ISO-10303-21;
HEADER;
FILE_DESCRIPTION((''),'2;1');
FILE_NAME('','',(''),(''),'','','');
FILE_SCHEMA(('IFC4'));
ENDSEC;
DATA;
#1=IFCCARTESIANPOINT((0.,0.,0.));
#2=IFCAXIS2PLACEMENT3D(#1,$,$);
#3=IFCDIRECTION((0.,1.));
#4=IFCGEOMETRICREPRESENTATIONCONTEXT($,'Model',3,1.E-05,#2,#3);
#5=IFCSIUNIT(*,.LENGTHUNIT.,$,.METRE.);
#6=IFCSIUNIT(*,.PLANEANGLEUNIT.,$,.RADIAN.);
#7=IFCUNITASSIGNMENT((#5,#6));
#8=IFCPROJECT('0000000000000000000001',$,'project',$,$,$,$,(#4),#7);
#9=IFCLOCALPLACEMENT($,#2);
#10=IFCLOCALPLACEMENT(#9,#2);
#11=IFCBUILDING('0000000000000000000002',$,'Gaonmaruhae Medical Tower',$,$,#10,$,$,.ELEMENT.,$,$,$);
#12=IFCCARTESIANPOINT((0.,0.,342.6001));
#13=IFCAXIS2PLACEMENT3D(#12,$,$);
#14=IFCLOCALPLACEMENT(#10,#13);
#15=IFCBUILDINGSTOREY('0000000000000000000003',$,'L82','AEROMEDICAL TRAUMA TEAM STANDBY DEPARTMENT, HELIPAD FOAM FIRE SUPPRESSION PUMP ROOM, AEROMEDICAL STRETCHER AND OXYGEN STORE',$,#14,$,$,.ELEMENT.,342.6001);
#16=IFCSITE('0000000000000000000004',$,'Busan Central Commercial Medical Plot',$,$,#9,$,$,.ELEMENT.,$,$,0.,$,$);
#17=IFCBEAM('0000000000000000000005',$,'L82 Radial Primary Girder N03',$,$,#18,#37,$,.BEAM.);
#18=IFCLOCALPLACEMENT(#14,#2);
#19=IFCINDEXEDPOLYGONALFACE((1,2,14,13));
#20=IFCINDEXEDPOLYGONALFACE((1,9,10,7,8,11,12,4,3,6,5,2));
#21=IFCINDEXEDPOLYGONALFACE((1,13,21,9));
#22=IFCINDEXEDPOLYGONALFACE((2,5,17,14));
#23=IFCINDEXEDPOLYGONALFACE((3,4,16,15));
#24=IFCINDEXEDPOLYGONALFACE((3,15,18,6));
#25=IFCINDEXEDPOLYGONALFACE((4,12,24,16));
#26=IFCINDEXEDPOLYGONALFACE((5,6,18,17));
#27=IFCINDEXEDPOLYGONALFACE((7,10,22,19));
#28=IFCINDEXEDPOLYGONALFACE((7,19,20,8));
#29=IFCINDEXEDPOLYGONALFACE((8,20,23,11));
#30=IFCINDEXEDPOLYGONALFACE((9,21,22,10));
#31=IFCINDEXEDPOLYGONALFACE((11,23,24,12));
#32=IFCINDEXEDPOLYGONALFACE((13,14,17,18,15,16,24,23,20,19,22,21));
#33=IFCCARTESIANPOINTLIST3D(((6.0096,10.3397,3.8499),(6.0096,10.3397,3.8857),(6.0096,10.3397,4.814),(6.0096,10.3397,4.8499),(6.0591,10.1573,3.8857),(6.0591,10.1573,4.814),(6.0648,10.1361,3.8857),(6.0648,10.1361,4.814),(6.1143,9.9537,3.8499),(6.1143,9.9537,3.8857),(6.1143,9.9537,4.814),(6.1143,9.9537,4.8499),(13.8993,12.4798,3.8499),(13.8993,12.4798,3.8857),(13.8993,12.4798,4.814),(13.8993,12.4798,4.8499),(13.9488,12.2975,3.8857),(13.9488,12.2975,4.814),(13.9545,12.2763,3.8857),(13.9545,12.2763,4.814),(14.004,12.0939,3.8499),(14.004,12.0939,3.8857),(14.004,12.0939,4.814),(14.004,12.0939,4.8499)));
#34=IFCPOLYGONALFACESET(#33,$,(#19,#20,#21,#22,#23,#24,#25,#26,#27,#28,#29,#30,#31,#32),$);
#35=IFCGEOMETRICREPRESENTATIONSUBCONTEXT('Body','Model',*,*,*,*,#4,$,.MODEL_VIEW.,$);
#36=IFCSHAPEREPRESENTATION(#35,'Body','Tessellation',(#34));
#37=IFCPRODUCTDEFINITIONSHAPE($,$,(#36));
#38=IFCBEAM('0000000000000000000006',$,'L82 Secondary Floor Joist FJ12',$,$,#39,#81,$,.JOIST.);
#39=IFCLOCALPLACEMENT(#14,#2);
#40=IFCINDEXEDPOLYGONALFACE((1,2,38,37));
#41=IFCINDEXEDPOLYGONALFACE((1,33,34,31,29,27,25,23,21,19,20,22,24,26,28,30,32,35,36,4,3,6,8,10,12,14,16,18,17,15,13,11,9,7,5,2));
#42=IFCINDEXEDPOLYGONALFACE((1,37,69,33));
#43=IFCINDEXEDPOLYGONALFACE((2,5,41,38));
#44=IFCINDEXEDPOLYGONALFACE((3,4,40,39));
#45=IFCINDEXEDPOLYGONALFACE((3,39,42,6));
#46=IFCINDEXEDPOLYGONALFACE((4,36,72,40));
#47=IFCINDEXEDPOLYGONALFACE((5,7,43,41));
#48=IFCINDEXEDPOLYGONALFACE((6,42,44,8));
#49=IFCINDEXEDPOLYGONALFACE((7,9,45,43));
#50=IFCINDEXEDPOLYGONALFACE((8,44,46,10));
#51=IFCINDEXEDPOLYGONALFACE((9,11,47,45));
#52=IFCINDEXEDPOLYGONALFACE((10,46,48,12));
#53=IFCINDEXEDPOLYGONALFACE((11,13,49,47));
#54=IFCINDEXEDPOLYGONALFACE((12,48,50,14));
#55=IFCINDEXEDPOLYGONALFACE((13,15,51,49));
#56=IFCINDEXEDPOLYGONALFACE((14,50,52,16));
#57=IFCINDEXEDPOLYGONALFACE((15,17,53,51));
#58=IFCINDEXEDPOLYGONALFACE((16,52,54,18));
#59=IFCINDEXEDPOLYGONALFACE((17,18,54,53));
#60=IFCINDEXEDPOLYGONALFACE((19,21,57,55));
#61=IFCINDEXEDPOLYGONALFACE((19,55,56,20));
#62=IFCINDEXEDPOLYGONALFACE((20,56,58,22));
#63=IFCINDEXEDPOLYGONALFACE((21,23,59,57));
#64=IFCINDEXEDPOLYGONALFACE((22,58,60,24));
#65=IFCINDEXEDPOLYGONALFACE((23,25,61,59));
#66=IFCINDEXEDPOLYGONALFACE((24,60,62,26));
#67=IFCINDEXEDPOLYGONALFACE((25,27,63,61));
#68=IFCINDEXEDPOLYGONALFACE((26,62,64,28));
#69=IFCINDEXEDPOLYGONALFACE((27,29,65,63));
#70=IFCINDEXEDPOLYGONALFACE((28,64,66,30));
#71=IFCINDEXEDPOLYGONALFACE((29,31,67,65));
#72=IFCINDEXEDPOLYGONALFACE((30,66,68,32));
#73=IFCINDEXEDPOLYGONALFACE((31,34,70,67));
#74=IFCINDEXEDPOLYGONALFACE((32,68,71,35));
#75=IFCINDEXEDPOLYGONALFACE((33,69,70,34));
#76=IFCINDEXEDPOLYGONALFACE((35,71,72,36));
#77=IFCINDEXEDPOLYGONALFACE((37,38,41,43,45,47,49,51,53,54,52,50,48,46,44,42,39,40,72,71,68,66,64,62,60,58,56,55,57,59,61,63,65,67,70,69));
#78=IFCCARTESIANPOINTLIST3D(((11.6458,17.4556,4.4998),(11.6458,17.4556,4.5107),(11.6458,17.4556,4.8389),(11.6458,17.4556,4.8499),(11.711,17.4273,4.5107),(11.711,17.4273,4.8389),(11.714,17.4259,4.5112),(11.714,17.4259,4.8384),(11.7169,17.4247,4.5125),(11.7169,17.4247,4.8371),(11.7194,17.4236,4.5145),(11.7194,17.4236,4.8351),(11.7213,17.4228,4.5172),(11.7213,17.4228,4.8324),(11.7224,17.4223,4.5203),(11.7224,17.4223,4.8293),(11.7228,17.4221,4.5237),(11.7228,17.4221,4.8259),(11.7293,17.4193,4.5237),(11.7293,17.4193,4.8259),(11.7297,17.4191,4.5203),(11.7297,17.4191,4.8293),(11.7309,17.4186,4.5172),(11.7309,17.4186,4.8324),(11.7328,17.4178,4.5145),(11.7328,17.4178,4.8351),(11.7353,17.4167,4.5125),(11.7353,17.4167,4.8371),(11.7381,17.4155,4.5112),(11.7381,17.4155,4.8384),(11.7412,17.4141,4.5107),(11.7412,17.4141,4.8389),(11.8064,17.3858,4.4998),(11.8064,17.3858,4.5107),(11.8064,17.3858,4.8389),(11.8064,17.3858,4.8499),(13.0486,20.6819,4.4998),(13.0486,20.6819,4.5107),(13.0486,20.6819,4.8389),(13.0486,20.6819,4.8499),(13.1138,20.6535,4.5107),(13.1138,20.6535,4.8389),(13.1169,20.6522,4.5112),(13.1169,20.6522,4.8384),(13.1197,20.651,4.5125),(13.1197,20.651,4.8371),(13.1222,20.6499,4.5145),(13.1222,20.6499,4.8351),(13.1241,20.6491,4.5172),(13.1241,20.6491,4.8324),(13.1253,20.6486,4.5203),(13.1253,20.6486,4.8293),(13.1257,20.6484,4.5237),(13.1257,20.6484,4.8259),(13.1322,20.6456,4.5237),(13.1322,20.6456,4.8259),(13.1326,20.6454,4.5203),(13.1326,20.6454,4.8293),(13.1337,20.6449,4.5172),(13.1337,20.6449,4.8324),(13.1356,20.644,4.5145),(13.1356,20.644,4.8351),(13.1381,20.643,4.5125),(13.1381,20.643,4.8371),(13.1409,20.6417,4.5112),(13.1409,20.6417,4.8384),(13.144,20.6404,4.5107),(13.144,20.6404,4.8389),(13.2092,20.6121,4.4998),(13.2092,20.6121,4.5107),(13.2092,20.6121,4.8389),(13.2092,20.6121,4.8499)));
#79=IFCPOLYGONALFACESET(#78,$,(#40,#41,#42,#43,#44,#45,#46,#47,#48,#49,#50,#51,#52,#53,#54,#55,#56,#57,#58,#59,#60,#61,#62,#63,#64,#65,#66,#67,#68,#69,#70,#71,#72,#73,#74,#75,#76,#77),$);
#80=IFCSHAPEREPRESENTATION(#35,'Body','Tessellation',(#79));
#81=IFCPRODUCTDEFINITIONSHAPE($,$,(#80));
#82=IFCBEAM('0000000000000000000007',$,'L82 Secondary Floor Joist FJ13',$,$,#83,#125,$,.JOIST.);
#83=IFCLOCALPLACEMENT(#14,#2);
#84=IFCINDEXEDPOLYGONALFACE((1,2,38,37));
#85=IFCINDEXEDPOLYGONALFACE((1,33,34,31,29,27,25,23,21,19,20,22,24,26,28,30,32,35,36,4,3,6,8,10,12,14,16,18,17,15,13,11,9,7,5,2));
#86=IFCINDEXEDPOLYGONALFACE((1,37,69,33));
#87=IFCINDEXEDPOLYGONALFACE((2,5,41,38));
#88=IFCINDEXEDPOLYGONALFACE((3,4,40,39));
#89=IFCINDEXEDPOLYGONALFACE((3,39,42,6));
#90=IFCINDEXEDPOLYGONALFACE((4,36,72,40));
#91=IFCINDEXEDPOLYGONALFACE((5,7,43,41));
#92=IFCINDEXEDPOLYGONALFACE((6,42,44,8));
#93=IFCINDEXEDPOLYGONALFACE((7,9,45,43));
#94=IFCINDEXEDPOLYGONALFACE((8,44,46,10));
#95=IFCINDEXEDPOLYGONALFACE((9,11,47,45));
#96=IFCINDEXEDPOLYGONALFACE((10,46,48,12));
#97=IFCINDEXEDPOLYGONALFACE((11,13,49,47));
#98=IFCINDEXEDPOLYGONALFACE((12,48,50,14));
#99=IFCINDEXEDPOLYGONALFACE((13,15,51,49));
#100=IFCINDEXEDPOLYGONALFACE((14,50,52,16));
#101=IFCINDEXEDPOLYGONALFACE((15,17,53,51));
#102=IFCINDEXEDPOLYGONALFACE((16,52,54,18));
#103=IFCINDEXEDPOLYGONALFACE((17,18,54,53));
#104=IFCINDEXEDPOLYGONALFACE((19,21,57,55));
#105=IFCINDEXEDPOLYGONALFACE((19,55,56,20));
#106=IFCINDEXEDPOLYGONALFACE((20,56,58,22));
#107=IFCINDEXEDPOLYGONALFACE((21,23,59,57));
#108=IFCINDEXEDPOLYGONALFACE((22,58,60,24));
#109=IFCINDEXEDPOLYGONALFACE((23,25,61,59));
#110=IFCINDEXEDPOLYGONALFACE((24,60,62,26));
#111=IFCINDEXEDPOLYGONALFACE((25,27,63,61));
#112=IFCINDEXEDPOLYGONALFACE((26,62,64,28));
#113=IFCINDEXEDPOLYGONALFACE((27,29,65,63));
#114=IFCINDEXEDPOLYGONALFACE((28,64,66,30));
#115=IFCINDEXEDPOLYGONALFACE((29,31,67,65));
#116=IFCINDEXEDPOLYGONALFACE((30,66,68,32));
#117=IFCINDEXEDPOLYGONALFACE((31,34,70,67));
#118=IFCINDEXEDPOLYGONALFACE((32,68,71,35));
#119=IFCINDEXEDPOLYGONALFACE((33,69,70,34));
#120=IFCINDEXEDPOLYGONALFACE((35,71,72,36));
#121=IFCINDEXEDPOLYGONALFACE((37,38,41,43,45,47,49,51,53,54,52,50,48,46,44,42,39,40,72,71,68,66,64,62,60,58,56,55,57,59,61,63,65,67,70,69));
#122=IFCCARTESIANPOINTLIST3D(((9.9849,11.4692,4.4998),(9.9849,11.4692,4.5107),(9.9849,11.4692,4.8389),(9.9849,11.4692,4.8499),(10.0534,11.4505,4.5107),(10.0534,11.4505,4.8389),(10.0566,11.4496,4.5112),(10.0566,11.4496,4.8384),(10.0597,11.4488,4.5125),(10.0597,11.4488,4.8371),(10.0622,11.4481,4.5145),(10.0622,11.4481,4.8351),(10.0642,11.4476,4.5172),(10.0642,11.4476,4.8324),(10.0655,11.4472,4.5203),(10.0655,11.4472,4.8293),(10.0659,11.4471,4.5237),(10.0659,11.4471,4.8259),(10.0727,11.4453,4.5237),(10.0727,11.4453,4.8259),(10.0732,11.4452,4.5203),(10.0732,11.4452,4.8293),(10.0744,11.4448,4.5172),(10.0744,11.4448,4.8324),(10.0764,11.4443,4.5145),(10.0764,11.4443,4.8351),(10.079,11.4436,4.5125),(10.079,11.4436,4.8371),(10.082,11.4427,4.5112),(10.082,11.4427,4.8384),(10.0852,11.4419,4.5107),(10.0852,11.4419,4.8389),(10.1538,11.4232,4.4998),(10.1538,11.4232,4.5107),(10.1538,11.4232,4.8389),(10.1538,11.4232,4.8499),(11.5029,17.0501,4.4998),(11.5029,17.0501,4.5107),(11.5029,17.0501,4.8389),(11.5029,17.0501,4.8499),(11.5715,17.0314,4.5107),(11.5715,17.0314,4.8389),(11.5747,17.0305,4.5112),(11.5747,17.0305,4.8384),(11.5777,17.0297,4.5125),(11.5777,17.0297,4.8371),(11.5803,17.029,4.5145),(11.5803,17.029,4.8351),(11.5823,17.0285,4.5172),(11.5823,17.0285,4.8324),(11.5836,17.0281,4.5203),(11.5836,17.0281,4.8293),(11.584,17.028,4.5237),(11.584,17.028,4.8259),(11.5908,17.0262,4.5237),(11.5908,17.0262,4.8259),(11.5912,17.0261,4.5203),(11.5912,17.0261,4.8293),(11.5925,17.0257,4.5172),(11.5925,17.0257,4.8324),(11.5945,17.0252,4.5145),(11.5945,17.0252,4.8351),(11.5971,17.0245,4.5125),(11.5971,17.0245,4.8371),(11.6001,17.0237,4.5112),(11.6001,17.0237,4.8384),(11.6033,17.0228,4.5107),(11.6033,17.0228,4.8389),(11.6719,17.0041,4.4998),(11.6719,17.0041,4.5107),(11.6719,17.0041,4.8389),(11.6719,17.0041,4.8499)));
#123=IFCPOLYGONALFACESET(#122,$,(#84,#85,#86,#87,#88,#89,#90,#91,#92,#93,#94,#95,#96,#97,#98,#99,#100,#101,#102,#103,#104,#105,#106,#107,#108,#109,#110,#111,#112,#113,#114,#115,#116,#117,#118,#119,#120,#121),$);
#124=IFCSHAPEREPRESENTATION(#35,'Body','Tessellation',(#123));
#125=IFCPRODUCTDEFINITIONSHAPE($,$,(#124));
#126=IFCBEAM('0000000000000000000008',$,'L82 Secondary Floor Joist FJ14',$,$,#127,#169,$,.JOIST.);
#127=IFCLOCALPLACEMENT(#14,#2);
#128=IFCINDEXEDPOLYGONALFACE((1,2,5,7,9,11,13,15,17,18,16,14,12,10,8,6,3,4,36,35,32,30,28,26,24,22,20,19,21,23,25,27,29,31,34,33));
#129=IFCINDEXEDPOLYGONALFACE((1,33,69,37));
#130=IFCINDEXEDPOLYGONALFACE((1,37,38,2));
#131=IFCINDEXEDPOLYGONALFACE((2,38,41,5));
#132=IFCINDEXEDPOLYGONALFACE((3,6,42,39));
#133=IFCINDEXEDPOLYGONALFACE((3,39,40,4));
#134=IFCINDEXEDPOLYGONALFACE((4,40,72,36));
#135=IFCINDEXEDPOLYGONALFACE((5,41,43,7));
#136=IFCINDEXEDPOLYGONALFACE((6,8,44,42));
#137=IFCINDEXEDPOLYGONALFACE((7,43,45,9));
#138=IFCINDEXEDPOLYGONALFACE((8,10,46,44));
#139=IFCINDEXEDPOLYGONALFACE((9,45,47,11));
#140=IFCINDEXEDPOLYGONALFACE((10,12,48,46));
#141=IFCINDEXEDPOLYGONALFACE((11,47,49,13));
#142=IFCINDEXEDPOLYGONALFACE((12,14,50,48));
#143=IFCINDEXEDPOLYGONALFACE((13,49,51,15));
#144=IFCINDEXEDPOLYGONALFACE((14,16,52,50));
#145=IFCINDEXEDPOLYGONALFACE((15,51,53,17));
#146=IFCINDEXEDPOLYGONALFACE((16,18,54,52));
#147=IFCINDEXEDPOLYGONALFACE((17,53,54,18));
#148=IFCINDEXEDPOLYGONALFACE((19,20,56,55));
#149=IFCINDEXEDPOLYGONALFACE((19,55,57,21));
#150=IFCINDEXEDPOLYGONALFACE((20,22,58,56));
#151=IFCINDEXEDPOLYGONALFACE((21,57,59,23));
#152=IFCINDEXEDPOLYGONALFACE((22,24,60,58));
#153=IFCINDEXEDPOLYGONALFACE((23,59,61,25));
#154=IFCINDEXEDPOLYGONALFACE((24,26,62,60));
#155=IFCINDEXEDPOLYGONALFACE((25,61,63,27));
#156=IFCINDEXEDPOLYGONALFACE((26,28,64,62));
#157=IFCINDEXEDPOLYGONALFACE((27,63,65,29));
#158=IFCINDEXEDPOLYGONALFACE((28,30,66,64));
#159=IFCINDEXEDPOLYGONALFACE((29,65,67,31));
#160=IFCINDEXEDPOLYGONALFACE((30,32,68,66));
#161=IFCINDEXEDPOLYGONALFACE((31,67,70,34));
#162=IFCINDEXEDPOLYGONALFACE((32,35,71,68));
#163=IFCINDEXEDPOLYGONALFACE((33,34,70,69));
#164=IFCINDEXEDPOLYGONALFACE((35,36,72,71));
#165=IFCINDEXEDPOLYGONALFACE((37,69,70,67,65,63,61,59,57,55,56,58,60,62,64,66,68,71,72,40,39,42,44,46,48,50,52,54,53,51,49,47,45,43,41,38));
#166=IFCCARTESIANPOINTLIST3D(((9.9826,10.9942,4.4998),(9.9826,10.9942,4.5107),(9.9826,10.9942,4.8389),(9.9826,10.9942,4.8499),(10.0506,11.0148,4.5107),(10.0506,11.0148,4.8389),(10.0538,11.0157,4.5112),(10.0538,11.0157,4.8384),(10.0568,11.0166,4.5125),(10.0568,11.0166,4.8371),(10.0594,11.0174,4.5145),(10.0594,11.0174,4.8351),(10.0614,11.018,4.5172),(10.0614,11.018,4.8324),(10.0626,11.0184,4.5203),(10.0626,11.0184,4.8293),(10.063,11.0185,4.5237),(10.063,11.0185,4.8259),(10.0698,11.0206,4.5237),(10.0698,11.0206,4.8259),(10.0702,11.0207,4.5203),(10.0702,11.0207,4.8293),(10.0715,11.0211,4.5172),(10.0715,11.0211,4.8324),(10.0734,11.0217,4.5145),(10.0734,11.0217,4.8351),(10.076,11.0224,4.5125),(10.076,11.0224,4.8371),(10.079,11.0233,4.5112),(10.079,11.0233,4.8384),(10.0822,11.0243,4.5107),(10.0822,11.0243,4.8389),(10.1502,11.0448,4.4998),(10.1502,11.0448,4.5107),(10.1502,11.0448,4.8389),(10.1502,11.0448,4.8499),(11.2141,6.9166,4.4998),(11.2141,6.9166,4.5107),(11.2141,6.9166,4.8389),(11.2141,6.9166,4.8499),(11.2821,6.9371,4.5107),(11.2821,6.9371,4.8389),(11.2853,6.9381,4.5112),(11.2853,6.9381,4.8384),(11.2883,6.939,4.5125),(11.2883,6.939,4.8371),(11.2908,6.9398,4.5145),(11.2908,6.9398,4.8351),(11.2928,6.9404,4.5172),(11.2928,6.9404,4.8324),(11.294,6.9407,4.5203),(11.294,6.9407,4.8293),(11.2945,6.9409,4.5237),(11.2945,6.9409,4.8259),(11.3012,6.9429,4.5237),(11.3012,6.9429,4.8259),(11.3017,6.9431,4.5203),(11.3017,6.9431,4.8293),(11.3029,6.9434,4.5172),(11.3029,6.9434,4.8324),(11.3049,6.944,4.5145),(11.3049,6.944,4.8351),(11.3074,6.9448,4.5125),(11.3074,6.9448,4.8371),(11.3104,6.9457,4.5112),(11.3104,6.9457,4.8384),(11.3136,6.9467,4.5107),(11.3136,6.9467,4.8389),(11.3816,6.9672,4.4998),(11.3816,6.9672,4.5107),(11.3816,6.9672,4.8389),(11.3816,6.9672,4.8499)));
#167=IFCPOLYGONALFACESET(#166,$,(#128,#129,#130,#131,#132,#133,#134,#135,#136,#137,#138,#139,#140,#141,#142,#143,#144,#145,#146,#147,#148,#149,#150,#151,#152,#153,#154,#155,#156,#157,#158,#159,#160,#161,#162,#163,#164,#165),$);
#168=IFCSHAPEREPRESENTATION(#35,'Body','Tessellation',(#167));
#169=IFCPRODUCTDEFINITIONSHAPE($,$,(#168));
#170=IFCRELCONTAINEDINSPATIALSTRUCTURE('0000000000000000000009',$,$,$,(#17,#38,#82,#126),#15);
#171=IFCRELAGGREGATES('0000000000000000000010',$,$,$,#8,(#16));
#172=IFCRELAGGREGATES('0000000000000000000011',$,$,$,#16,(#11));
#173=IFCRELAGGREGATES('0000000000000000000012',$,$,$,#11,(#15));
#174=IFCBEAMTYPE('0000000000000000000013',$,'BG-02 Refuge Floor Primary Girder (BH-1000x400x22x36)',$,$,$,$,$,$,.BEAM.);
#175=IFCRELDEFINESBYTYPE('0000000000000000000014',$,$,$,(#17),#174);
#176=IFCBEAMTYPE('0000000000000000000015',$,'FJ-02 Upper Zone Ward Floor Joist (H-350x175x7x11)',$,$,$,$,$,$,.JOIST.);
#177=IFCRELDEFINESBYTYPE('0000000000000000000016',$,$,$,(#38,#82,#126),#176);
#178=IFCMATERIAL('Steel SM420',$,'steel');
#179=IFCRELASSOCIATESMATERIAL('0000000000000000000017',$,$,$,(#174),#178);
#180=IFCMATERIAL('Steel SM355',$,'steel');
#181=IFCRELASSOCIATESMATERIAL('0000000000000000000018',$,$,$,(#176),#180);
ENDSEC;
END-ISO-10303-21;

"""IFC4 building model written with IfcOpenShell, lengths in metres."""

from ifc_helpers import new_model, si_unit, direction, frame, origin, origin_2d, place, context, subcontext, project, spatial, i_section, extrude, material, material_profile, profile_set, type_object, element, save


model = new_model("IFC4")

# Units and contexts
model_context = context("Model", 3, precision=1e-05, world=origin(), true_north=direction((0.0, 1.0)))
body_context = subcontext(model_context, "Body", "Model", "MODEL_VIEW")
ifc_project = project(units=[si_unit("LENGTHUNIT", "METRE"), si_unit("PLANEANGLEUNIT", "RADIAN")], contexts=[model_context])

# Site, building, storey
site_placement = place(None, origin())
site = spatial("IfcSite", under=ifc_project, at=site_placement, Name="Busan Central Commercial Medical Plot", CompositionType="ELEMENT", RefElevation=0.0)
building_placement = place(site_placement, origin())
building = spatial("IfcBuilding", under=site, at=building_placement, Name="Gaonmaruhae Medical Tower", CompositionType="ELEMENT")
storey_placement = place(building_placement, frame((0.0, 0.0, 342.6001)))
storey = spatial("IfcBuildingStorey", under=building, at=storey_placement, Name="L82", Description="AEROMEDICAL TRAUMA TEAM STANDBY DEPARTMENT, HELIPAD FOAM FIRE SUPPRESSION PUMP ROOM, AEROMEDICAL STRETCHER AND OXYGEN STORE", CompositionType="ELEMENT", Elevation=342.6001)

# Shared definitions
ifc_material_1 = material(Name="Steel SM420", Category="steel")

# Beams
ifc_material_profile_1 = material_profile(ifc_material_1, i_section(OverallWidth=0.3999, OverallDepth=1.0, WebThickness=0.022, FlangeThickness=0.0359, at=origin_2d()), Name="BH-1000x400x22x36")
ifc_profile_set_1 = profile_set([ifc_material_profile_1], Name="Steel SM420")
beam_type_1 = type_object("IfcBeamType", Name="BG-02 Refuge Floor Primary Girder (BH-1000x400x22x36)", PredefinedType="BEAM", material=ifc_profile_set_1)
beam_1_placement = place(storey_placement, frame((13.9517, 12.2869, 4.3499), z_axis=(-0.965123, -0.261798, 0.0), x_axis=(0.261798, -0.965123, 0.0)))
element("IfcBeam", 1, at=beam_1_placement, inside=storey, type_object=beam_type_1, Name="L82 Radial Primary Girder N03", PredefinedType="BEAM", context=body_context, shape_type="SweptSolid", body=[
    extrude(i_section(OverallWidth=0.3999, OverallDepth=1.0, WebThickness=0.022, FlangeThickness=0.0359, at=origin_2d()), origin(), (0.0, 0.0, 1.0), 8.1748),
])
ifc_material_2 = material(Name="Steel SM355", Category="steel")
ifc_material_profile_2 = material_profile(ifc_material_2, i_section(OverallWidth=0.175, OverallDepth=0.3501, WebThickness=0.0071, FlangeThickness=0.011, FilletRadius=0.0129, at=origin_2d()), Name="H-350x175x7x11")
ifc_profile_set_2 = profile_set([ifc_material_profile_2], Name="Steel SM355")
beam_type_2 = type_object("IfcBeamType", Name="FJ-02 Upper Zone Ward Floor Joist (H-350x175x7x11)", PredefinedType="JOIST", material=ifc_profile_set_2)
beam_2_placement = place(storey_placement, frame((13.1289, 20.647, 4.6748), z_axis=(-0.398746, -0.917061, 0.0), x_axis=(0.917061, -0.398746, 0.0)))
element("IfcBeam", 2, at=beam_2_placement, inside=storey, type_object=beam_type_2, Name="L82 Secondary Floor Joist FJ12", PredefinedType="JOIST", context=body_context, shape_type="SweptSolid", body=[
    extrude(i_section(OverallWidth=0.175, OverallDepth=0.3501, WebThickness=0.0071, FlangeThickness=0.011, FilletRadius=0.0129, at=origin_2d()), origin(), (0.0, 0.0, 1.0), 3.5181),
])
beam_3_placement = place(storey_placement, frame((11.5874, 17.0271, 4.6748), z_axis=(-0.262478, -0.964938, 0.0), x_axis=(0.964938, -0.262478, 0.0)))
element("IfcBeam", 3, at=beam_3_placement, inside=storey, type_object=beam_type_2, Name="L82 Secondary Floor Joist FJ13", PredefinedType="JOIST", context=body_context, shape_type="SweptSolid", body=[
    extrude(i_section(OverallWidth=0.175, OverallDepth=0.3501, WebThickness=0.0071, FlangeThickness=0.011, FilletRadius=0.0129, at=origin_2d()), origin(), (0.0, 0.0, 1.0), 5.7837),
])
beam_4_placement = place(storey_placement, frame((10.0664, 11.0195, 4.6748), z_axis=(0.289104, -0.957298, 0.0), x_axis=(0.957298, 0.289104, 0.0)))
element("IfcBeam", 4, at=beam_4_placement, inside=storey, type_object=beam_type_2, Name="L82 Secondary Floor Joist FJ14", PredefinedType="JOIST", context=body_context, shape_type="SweptSolid", body=[
    extrude(i_section(OverallWidth=0.175, OverallDepth=0.3501, WebThickness=0.0071, FlangeThickness=0.011, FilletRadius=0.0129, at=origin_2d()), origin(), (0.0, 0.0, 1.0), 4.2595),
])

save(model, "model.ifc")
